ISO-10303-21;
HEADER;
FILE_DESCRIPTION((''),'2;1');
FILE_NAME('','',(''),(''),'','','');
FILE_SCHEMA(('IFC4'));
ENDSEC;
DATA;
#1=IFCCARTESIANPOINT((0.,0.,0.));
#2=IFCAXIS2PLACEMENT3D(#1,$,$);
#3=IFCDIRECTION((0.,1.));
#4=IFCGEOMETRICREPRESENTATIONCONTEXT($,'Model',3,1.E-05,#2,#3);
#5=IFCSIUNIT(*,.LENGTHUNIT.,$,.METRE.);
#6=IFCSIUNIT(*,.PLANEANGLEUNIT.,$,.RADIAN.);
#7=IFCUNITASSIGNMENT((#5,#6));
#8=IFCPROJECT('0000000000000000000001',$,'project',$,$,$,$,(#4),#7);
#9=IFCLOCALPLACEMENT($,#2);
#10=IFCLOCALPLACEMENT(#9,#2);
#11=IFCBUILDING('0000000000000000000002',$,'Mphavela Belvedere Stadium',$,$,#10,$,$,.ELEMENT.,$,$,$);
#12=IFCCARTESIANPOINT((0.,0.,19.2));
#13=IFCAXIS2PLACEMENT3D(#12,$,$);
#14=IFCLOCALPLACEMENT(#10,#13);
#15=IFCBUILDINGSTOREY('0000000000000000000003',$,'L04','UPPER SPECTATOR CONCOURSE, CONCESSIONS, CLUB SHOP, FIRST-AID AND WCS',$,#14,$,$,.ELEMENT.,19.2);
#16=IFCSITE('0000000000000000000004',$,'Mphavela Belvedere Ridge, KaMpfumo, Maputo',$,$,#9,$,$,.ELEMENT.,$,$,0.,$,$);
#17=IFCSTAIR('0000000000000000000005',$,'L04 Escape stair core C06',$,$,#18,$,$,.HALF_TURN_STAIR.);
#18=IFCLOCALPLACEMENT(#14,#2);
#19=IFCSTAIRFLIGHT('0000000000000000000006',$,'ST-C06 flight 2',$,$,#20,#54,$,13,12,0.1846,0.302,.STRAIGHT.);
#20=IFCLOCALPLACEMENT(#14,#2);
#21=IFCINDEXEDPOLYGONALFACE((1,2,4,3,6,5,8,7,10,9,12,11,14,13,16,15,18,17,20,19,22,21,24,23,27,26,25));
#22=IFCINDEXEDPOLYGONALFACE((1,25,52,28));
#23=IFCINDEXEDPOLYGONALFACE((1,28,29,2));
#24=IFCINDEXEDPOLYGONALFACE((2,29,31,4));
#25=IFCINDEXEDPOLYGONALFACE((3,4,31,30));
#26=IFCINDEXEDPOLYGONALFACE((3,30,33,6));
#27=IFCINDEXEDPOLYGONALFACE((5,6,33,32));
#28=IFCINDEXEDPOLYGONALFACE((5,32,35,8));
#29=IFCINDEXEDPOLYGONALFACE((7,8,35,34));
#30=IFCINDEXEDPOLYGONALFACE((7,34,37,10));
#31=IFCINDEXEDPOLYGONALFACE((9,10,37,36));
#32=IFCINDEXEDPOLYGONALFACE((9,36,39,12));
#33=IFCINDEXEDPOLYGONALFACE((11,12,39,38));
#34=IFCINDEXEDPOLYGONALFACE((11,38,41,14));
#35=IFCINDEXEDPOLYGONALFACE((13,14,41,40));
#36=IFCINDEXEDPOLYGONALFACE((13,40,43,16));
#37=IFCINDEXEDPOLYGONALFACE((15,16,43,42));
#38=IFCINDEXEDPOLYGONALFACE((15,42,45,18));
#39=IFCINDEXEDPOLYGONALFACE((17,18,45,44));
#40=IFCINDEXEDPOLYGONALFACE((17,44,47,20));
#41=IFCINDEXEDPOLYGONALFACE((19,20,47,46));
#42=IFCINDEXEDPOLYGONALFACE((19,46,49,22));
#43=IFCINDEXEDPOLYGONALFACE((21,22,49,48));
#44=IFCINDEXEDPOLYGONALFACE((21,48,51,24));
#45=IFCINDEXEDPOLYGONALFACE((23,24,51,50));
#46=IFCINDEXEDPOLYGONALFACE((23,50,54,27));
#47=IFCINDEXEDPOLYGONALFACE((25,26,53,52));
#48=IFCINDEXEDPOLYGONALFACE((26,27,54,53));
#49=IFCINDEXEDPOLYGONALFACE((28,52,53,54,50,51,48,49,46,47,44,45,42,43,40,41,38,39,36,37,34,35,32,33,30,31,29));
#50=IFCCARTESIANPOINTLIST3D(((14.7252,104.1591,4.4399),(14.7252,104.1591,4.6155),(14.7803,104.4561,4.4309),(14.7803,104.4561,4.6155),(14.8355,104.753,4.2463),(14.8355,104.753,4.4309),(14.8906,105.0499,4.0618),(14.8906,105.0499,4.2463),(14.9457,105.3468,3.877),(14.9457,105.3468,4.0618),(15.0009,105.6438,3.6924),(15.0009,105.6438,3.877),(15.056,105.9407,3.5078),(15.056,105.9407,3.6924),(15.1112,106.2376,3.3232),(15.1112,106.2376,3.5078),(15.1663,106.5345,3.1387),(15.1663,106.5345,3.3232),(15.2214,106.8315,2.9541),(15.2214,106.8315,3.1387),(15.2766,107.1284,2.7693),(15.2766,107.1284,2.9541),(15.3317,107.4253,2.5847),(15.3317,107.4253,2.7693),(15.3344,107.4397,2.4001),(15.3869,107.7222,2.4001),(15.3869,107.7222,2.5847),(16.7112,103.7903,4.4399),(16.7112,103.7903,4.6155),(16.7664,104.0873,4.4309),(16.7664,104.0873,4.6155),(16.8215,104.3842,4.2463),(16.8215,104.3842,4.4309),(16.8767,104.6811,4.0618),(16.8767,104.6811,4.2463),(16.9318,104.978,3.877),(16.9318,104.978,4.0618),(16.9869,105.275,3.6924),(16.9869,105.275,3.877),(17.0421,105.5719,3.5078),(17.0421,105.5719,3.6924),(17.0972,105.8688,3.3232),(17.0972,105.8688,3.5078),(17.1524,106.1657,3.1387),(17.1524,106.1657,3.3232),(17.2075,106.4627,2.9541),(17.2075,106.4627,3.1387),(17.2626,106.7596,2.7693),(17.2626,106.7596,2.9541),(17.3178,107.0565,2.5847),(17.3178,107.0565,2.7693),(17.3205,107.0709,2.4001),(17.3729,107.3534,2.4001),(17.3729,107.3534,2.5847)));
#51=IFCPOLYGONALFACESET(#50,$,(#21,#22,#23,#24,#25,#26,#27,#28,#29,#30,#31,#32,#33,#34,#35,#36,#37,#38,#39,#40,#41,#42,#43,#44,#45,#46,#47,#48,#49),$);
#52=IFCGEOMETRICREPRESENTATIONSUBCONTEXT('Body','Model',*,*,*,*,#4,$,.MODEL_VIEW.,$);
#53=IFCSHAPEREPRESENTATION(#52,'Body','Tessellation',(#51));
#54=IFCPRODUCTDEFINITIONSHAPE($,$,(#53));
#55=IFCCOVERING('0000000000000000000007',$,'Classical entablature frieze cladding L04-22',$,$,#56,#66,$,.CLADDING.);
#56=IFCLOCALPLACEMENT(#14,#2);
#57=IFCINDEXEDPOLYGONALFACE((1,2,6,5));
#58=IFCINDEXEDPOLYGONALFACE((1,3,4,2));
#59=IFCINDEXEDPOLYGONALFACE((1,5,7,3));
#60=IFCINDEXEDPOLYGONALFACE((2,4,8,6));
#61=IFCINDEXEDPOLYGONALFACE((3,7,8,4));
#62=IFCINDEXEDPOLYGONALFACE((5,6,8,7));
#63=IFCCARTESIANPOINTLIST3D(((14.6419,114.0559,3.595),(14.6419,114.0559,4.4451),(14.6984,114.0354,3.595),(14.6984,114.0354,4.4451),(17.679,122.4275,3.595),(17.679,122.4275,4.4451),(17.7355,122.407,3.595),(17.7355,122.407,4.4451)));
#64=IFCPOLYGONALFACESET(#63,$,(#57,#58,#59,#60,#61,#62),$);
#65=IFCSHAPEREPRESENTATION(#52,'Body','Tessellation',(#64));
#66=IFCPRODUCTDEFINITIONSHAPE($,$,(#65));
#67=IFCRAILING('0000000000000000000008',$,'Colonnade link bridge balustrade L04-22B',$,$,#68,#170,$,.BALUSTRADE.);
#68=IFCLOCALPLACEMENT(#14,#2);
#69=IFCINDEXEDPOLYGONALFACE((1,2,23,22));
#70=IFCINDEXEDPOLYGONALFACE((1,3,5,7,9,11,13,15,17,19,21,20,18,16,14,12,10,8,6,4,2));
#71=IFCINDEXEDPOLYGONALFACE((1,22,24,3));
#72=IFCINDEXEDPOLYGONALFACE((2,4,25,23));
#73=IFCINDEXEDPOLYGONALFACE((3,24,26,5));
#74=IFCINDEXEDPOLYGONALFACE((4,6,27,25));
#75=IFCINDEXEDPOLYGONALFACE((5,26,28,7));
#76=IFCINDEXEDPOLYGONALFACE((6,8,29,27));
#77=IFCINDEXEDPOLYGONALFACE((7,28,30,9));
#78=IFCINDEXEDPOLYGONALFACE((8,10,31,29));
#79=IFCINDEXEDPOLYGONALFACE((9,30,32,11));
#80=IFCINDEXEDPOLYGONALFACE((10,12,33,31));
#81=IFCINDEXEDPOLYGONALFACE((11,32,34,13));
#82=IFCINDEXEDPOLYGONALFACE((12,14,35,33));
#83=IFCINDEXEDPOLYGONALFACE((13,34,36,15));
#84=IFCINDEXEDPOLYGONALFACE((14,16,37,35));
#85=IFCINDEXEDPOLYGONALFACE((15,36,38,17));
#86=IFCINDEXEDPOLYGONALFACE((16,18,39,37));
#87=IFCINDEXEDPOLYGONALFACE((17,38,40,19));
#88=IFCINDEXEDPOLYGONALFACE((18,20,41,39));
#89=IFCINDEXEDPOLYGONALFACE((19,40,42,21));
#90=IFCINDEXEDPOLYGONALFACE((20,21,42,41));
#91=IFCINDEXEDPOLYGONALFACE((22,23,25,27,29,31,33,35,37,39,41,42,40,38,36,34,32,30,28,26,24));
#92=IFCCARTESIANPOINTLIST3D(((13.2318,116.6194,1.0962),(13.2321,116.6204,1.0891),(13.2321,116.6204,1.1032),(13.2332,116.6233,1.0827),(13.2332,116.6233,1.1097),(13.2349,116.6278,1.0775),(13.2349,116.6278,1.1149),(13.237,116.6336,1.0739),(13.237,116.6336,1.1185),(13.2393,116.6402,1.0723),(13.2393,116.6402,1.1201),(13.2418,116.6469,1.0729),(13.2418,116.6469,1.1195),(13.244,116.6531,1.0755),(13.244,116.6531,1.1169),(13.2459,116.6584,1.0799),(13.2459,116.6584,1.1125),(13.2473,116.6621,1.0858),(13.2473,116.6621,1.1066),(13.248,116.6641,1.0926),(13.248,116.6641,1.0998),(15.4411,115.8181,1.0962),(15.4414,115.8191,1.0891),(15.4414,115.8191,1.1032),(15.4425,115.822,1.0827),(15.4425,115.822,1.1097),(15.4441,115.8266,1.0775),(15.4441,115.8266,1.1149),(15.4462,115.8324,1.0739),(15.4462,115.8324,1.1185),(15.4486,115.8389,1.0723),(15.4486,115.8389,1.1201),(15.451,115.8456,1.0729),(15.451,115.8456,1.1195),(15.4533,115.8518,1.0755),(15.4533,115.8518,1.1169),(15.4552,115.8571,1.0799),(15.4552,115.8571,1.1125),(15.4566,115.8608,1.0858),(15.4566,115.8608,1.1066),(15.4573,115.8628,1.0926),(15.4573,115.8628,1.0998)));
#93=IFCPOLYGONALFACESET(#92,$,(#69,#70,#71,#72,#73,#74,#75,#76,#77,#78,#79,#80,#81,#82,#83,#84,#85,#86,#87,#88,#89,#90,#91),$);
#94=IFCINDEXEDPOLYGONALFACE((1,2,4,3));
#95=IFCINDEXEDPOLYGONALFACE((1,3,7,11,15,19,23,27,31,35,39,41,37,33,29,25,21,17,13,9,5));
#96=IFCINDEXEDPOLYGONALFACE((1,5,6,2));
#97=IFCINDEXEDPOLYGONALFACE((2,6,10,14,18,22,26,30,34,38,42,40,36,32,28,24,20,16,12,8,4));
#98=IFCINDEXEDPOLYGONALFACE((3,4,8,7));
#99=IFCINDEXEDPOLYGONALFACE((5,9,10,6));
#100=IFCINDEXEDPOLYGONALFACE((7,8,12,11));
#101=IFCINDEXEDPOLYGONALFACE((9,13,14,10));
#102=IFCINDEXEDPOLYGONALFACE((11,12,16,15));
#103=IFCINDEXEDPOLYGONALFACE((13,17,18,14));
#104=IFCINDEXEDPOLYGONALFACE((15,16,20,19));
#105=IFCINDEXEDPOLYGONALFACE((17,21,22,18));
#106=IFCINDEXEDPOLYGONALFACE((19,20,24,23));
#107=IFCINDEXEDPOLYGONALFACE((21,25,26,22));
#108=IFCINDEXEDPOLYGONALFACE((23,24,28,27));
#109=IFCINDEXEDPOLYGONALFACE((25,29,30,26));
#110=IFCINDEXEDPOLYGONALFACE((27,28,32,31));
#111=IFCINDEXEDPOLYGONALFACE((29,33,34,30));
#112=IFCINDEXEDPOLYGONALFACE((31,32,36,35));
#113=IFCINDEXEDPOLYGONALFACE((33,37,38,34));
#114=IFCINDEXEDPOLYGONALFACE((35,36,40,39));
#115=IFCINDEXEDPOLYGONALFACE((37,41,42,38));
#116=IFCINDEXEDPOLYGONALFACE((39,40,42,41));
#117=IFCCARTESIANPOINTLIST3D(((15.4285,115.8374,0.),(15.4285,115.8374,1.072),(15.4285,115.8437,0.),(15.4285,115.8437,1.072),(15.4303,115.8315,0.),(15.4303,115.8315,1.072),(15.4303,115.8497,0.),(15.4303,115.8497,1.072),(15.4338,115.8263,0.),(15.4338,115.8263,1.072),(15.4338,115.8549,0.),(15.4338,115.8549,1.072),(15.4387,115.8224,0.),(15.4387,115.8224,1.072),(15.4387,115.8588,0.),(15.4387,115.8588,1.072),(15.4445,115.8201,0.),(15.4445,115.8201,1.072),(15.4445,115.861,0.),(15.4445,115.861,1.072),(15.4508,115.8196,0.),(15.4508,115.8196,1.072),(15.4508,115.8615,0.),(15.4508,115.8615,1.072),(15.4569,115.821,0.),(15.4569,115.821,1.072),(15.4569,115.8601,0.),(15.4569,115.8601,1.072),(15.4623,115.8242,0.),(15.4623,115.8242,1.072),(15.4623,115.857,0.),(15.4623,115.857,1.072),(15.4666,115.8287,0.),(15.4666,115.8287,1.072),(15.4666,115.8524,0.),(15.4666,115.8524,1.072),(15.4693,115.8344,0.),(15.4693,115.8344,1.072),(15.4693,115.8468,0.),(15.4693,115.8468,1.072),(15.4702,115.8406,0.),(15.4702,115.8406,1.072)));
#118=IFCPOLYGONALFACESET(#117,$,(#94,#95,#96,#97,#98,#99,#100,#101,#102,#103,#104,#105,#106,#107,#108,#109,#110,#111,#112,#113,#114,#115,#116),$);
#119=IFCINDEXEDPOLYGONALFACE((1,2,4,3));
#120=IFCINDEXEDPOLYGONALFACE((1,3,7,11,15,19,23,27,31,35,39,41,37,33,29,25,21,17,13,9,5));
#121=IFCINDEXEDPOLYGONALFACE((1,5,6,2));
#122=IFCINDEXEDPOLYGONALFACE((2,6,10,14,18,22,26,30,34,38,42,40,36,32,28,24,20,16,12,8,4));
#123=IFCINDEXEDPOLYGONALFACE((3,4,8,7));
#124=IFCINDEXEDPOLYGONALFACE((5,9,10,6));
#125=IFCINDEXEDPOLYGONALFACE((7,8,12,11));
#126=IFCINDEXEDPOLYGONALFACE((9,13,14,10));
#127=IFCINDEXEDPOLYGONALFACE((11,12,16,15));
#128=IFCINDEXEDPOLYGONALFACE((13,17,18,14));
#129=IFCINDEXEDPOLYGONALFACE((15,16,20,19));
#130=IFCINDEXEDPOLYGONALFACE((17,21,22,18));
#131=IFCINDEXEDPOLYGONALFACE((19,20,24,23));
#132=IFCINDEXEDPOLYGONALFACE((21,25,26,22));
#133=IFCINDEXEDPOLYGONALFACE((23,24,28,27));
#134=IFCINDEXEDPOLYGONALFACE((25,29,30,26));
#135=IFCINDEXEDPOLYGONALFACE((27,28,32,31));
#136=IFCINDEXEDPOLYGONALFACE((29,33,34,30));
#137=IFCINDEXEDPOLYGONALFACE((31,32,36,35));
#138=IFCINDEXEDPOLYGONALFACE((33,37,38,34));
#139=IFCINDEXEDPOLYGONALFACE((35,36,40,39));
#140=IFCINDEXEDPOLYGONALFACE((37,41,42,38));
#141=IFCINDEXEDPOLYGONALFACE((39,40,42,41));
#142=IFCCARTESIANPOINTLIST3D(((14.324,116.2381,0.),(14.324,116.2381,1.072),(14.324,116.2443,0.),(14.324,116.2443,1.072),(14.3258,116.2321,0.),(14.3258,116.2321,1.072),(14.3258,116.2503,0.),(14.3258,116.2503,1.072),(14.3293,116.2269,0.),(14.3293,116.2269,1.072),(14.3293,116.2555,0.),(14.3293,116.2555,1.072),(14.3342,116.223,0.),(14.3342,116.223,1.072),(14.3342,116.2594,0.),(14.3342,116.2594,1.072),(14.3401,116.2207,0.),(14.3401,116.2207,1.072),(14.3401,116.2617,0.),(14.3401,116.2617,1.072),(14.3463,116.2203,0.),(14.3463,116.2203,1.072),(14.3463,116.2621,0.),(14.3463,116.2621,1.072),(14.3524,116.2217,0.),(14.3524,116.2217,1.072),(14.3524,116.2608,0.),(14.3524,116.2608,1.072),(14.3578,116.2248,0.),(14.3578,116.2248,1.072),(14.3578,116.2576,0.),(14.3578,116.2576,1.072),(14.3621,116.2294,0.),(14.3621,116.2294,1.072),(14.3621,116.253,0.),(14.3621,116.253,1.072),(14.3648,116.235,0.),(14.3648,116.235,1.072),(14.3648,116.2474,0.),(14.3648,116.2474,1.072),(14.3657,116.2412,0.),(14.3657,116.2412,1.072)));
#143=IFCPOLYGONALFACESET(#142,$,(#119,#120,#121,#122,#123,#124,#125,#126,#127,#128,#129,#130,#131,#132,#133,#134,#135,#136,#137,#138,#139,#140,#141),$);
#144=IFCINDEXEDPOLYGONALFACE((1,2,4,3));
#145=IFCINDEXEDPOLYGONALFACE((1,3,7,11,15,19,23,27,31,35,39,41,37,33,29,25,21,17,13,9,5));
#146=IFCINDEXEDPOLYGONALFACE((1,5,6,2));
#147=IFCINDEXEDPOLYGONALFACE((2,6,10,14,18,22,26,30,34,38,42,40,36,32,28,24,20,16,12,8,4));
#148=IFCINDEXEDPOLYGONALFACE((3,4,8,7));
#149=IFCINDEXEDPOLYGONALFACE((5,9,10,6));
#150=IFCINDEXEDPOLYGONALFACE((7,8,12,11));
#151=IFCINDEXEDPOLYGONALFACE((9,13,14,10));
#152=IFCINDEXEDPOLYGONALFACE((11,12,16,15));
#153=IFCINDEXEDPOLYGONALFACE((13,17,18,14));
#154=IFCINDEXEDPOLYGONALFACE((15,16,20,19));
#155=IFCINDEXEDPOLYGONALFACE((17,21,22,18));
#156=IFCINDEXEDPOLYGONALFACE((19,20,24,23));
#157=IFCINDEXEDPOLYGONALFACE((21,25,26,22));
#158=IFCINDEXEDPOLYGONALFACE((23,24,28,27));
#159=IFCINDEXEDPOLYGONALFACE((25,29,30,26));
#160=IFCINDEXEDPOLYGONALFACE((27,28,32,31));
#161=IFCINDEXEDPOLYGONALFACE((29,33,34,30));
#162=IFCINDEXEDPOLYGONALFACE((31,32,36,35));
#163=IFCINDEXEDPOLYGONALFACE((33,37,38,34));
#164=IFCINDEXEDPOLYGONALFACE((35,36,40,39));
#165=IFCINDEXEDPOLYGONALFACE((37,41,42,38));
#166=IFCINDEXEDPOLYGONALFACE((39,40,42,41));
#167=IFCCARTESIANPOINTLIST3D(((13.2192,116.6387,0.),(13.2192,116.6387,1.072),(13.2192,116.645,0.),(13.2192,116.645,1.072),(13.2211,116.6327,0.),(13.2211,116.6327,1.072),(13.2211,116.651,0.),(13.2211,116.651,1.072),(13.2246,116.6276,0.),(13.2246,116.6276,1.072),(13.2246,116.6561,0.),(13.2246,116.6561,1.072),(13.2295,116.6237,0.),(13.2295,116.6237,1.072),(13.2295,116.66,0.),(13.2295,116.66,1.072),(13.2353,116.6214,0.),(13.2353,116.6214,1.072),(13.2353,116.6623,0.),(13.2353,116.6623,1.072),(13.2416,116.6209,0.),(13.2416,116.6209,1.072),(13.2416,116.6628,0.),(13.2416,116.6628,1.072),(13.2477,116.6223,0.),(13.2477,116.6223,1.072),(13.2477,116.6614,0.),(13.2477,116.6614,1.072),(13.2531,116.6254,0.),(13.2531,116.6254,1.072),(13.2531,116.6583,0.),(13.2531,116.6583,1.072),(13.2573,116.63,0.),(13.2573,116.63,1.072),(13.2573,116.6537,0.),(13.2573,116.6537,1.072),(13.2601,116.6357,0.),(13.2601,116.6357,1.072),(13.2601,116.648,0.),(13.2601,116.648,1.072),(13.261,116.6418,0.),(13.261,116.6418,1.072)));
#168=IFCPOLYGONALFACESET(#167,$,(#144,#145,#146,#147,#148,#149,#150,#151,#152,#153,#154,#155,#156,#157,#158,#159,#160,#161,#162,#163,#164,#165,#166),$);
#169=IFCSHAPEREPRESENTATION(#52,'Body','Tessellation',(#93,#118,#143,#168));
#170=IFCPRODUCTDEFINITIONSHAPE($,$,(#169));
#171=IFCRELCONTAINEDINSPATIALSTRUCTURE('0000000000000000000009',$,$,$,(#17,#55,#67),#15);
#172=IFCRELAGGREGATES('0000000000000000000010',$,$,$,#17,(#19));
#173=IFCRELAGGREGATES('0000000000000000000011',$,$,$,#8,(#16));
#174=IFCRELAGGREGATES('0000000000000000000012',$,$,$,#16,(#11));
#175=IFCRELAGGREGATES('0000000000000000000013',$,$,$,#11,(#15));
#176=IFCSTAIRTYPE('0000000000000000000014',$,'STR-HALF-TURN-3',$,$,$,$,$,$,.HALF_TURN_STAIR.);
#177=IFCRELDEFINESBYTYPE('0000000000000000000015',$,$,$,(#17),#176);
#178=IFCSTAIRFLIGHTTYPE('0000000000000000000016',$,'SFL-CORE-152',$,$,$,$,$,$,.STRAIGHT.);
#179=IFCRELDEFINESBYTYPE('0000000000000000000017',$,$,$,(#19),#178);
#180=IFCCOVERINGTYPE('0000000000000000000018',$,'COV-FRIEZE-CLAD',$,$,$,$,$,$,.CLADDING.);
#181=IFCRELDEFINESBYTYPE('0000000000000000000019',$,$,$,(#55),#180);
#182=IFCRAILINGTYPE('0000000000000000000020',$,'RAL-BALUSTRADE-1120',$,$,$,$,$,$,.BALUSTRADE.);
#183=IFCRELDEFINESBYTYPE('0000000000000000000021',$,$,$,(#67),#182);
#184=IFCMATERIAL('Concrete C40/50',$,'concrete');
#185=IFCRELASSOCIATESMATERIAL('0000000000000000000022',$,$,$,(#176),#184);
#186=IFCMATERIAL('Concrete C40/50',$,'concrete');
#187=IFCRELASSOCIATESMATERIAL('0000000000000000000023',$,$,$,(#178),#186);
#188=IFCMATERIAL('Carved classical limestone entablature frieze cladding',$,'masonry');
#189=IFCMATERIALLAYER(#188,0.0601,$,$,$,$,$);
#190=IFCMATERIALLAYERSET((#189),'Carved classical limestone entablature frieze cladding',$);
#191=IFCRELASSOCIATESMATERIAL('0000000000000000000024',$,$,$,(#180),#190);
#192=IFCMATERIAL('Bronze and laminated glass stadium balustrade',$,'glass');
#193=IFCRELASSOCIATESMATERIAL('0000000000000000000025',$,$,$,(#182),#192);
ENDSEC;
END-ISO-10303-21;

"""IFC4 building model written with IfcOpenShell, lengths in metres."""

from ifc_helpers import new_model, si_unit, direction, frame, origin, origin_2d, place, context, subcontext, project, spatial, polyline, rectangle, circle, outline, extrude, material, layer, layer_set, type_object, element, aggregate, save


model = new_model("IFC4")

# Units and contexts
model_context = context("Model", 3, precision=1e-05, world=origin(), true_north=direction((0.0, 1.0)))
body_context = subcontext(model_context, "Body", "Model", "MODEL_VIEW")
ifc_project = project(units=[si_unit("LENGTHUNIT", "METRE"), si_unit("PLANEANGLEUNIT", "RADIAN")], contexts=[model_context])

# Site, building, storey
site_placement = place(None, origin())
site = spatial("IfcSite", under=ifc_project, at=site_placement, Name="Mphavela Belvedere Ridge, KaMpfumo, Maputo", CompositionType="ELEMENT", RefElevation=0.0)
building_placement = place(site_placement, origin())
building = spatial("IfcBuilding", under=site, at=building_placement, Name="Mphavela Belvedere Stadium", CompositionType="ELEMENT")
storey_placement = place(building_placement, frame((0.0, 0.0, 19.2)))
storey = spatial("IfcBuildingStorey", under=building, at=storey_placement, Name="L04", Description="UPPER SPECTATOR CONCOURSE, CONCESSIONS, CLUB SHOP, FIRST-AID AND WCS", CompositionType="ELEMENT", Elevation=19.2)

# Stair, stair flight
ifc_material_1 = material(Name="Concrete C40/50", Category="concrete")
stair_type = type_object("IfcStairType", Name="STR-HALF-TURN-3", PredefinedType="HALF_TURN_STAIR", material=ifc_material_1)
stair_placement = place(storey_placement, origin())
stair = element("IfcStair", 1, at=stair_placement, inside=storey, type_object=stair_type, Name="L04 Escape stair core C06", PredefinedType="HALF_TURN_STAIR")
ifc_material_2 = material(Name="Concrete C40/50", Category="concrete")
stair_flight_type = type_object("IfcStairFlightType", Name="SFL-CORE-152", PredefinedType="STRAIGHT", material=ifc_material_2)
stair_flight_placement = place(storey_placement, frame((16.3799, 107.5378, 2.4001), z_axis=(0.0, 0.0, 1.0), x_axis=(-0.182579, -0.983191, 0.0)))
stair_flight = element("IfcStairFlight", 2, at=stair_flight_placement, type_object=stair_flight_type, Name="ST-C06 flight 2", NumberOfRisers=13, NumberOfTreads=12, PredefinedType="STRAIGHT", RiserHeight=0.1846, TreadLength=0.302, context=body_context, shape_type="SweptSolid", body=[
    extrude(outline(polyline([(0.0, 0.0), (0.0, 0.1846), (0.302, 0.1846), (0.302, 0.3691), (0.604, 0.3691), (0.604, 0.554), (0.906, 0.554), (0.906, 0.7385), (1.208, 0.7385), (1.208, 0.9231), (1.51, 0.9231), (1.51, 1.1077), (1.812, 1.1077), (1.812, 1.2922), (2.114, 1.2922), (2.114, 1.4768), (2.416, 1.4768), (2.416, 1.6616), (2.718, 1.6616), (2.718, 1.8462), (3.02, 1.8462), (3.02, 2.0308), (3.322, 2.0308), (3.322, 2.2153), (3.624, 2.2153), (3.624, 2.3999), (3.624, 2.0398), (0.2874, 0.0), (0.0, 0.0)])), frame((0.0, 1.01, 0.0), z_axis=(0.0, -1.0, 0.0), x_axis=(1.0, 0.0, 0.0)), (0.0, 0.0, 1.0), 2.02),
])
aggregate(stair, [stair_flight])

# Covering
ifc_material_3 = material(Name="Carved classical limestone entablature frieze cladding", Category="masonry")
ifc_layer_1 = layer(ifc_material_3, 0.0601)
ifc_layer_set_1 = layer_set([ifc_layer_1], Name="Carved classical limestone entablature frieze cladding")
covering_type = type_object("IfcCoveringType", Name="COV-FRIEZE-CLAD", PredefinedType="CLADDING", material=ifc_layer_set_1)
covering_placement = place(storey_placement, frame((16.1887, 118.2314, 3.595), z_axis=(0.0, 0.0, 1.0), x_axis=(-0.341036, -0.94005, 0.0)))
element("IfcCovering", 3, at=covering_placement, inside=storey, type_object=covering_type, Name="Classical entablature frieze cladding L04-22", PredefinedType="CLADDING", context=body_context, shape_type="SweptSolid", body=[
    extrude(rectangle(XDim=8.9055, YDim=0.0601, at=origin_2d()), origin(), (0.0, 0.0, 1.0), 0.8501),
])

# Railing
ifc_material_4 = material(Name="Bronze and laminated glass stadium balustrade", Category="glass")
railing_type_1 = type_object("IfcRailingType", Name="RAL-BALUSTRADE-1120", PredefinedType="BALUSTRADE", material=ifc_material_4)
railing_1_placement = place(storey_placement, frame((15.4492, 115.8406, 0.0)))
element("IfcRailing", 4, at=railing_1_placement, inside=storey, type_object=railing_type_1, Name="Colonnade link bridge balustrade L04-22B", PredefinedType="BALUSTRADE", context=body_context, shape_type="SweptSolid", body=[
    extrude(circle(Radius=0.0239, at=origin_2d()), frame((0.0, 0.0, 1.0962), z_axis=(-0.940078, 0.340959, 0.0), x_axis=(-0.340959, -0.940078, 0.0)), (0.0, 0.0, 1.0), 2.3501),
    extrude(circle(Radius=0.021, at=origin_2d()), origin(), (0.0, 0.0, 1.0), 1.072),
    extrude(circle(Radius=0.021, at=origin_2d()), frame((-1.1045, 0.4006, 0.0)), (0.0, 0.0, 1.0), 1.072),
    extrude(circle(Radius=0.021, at=origin_2d()), frame((-2.2092, 0.8013, 0.0)), (0.0, 0.0, 1.0), 1.072),
])

save(model, "model.ifc")
